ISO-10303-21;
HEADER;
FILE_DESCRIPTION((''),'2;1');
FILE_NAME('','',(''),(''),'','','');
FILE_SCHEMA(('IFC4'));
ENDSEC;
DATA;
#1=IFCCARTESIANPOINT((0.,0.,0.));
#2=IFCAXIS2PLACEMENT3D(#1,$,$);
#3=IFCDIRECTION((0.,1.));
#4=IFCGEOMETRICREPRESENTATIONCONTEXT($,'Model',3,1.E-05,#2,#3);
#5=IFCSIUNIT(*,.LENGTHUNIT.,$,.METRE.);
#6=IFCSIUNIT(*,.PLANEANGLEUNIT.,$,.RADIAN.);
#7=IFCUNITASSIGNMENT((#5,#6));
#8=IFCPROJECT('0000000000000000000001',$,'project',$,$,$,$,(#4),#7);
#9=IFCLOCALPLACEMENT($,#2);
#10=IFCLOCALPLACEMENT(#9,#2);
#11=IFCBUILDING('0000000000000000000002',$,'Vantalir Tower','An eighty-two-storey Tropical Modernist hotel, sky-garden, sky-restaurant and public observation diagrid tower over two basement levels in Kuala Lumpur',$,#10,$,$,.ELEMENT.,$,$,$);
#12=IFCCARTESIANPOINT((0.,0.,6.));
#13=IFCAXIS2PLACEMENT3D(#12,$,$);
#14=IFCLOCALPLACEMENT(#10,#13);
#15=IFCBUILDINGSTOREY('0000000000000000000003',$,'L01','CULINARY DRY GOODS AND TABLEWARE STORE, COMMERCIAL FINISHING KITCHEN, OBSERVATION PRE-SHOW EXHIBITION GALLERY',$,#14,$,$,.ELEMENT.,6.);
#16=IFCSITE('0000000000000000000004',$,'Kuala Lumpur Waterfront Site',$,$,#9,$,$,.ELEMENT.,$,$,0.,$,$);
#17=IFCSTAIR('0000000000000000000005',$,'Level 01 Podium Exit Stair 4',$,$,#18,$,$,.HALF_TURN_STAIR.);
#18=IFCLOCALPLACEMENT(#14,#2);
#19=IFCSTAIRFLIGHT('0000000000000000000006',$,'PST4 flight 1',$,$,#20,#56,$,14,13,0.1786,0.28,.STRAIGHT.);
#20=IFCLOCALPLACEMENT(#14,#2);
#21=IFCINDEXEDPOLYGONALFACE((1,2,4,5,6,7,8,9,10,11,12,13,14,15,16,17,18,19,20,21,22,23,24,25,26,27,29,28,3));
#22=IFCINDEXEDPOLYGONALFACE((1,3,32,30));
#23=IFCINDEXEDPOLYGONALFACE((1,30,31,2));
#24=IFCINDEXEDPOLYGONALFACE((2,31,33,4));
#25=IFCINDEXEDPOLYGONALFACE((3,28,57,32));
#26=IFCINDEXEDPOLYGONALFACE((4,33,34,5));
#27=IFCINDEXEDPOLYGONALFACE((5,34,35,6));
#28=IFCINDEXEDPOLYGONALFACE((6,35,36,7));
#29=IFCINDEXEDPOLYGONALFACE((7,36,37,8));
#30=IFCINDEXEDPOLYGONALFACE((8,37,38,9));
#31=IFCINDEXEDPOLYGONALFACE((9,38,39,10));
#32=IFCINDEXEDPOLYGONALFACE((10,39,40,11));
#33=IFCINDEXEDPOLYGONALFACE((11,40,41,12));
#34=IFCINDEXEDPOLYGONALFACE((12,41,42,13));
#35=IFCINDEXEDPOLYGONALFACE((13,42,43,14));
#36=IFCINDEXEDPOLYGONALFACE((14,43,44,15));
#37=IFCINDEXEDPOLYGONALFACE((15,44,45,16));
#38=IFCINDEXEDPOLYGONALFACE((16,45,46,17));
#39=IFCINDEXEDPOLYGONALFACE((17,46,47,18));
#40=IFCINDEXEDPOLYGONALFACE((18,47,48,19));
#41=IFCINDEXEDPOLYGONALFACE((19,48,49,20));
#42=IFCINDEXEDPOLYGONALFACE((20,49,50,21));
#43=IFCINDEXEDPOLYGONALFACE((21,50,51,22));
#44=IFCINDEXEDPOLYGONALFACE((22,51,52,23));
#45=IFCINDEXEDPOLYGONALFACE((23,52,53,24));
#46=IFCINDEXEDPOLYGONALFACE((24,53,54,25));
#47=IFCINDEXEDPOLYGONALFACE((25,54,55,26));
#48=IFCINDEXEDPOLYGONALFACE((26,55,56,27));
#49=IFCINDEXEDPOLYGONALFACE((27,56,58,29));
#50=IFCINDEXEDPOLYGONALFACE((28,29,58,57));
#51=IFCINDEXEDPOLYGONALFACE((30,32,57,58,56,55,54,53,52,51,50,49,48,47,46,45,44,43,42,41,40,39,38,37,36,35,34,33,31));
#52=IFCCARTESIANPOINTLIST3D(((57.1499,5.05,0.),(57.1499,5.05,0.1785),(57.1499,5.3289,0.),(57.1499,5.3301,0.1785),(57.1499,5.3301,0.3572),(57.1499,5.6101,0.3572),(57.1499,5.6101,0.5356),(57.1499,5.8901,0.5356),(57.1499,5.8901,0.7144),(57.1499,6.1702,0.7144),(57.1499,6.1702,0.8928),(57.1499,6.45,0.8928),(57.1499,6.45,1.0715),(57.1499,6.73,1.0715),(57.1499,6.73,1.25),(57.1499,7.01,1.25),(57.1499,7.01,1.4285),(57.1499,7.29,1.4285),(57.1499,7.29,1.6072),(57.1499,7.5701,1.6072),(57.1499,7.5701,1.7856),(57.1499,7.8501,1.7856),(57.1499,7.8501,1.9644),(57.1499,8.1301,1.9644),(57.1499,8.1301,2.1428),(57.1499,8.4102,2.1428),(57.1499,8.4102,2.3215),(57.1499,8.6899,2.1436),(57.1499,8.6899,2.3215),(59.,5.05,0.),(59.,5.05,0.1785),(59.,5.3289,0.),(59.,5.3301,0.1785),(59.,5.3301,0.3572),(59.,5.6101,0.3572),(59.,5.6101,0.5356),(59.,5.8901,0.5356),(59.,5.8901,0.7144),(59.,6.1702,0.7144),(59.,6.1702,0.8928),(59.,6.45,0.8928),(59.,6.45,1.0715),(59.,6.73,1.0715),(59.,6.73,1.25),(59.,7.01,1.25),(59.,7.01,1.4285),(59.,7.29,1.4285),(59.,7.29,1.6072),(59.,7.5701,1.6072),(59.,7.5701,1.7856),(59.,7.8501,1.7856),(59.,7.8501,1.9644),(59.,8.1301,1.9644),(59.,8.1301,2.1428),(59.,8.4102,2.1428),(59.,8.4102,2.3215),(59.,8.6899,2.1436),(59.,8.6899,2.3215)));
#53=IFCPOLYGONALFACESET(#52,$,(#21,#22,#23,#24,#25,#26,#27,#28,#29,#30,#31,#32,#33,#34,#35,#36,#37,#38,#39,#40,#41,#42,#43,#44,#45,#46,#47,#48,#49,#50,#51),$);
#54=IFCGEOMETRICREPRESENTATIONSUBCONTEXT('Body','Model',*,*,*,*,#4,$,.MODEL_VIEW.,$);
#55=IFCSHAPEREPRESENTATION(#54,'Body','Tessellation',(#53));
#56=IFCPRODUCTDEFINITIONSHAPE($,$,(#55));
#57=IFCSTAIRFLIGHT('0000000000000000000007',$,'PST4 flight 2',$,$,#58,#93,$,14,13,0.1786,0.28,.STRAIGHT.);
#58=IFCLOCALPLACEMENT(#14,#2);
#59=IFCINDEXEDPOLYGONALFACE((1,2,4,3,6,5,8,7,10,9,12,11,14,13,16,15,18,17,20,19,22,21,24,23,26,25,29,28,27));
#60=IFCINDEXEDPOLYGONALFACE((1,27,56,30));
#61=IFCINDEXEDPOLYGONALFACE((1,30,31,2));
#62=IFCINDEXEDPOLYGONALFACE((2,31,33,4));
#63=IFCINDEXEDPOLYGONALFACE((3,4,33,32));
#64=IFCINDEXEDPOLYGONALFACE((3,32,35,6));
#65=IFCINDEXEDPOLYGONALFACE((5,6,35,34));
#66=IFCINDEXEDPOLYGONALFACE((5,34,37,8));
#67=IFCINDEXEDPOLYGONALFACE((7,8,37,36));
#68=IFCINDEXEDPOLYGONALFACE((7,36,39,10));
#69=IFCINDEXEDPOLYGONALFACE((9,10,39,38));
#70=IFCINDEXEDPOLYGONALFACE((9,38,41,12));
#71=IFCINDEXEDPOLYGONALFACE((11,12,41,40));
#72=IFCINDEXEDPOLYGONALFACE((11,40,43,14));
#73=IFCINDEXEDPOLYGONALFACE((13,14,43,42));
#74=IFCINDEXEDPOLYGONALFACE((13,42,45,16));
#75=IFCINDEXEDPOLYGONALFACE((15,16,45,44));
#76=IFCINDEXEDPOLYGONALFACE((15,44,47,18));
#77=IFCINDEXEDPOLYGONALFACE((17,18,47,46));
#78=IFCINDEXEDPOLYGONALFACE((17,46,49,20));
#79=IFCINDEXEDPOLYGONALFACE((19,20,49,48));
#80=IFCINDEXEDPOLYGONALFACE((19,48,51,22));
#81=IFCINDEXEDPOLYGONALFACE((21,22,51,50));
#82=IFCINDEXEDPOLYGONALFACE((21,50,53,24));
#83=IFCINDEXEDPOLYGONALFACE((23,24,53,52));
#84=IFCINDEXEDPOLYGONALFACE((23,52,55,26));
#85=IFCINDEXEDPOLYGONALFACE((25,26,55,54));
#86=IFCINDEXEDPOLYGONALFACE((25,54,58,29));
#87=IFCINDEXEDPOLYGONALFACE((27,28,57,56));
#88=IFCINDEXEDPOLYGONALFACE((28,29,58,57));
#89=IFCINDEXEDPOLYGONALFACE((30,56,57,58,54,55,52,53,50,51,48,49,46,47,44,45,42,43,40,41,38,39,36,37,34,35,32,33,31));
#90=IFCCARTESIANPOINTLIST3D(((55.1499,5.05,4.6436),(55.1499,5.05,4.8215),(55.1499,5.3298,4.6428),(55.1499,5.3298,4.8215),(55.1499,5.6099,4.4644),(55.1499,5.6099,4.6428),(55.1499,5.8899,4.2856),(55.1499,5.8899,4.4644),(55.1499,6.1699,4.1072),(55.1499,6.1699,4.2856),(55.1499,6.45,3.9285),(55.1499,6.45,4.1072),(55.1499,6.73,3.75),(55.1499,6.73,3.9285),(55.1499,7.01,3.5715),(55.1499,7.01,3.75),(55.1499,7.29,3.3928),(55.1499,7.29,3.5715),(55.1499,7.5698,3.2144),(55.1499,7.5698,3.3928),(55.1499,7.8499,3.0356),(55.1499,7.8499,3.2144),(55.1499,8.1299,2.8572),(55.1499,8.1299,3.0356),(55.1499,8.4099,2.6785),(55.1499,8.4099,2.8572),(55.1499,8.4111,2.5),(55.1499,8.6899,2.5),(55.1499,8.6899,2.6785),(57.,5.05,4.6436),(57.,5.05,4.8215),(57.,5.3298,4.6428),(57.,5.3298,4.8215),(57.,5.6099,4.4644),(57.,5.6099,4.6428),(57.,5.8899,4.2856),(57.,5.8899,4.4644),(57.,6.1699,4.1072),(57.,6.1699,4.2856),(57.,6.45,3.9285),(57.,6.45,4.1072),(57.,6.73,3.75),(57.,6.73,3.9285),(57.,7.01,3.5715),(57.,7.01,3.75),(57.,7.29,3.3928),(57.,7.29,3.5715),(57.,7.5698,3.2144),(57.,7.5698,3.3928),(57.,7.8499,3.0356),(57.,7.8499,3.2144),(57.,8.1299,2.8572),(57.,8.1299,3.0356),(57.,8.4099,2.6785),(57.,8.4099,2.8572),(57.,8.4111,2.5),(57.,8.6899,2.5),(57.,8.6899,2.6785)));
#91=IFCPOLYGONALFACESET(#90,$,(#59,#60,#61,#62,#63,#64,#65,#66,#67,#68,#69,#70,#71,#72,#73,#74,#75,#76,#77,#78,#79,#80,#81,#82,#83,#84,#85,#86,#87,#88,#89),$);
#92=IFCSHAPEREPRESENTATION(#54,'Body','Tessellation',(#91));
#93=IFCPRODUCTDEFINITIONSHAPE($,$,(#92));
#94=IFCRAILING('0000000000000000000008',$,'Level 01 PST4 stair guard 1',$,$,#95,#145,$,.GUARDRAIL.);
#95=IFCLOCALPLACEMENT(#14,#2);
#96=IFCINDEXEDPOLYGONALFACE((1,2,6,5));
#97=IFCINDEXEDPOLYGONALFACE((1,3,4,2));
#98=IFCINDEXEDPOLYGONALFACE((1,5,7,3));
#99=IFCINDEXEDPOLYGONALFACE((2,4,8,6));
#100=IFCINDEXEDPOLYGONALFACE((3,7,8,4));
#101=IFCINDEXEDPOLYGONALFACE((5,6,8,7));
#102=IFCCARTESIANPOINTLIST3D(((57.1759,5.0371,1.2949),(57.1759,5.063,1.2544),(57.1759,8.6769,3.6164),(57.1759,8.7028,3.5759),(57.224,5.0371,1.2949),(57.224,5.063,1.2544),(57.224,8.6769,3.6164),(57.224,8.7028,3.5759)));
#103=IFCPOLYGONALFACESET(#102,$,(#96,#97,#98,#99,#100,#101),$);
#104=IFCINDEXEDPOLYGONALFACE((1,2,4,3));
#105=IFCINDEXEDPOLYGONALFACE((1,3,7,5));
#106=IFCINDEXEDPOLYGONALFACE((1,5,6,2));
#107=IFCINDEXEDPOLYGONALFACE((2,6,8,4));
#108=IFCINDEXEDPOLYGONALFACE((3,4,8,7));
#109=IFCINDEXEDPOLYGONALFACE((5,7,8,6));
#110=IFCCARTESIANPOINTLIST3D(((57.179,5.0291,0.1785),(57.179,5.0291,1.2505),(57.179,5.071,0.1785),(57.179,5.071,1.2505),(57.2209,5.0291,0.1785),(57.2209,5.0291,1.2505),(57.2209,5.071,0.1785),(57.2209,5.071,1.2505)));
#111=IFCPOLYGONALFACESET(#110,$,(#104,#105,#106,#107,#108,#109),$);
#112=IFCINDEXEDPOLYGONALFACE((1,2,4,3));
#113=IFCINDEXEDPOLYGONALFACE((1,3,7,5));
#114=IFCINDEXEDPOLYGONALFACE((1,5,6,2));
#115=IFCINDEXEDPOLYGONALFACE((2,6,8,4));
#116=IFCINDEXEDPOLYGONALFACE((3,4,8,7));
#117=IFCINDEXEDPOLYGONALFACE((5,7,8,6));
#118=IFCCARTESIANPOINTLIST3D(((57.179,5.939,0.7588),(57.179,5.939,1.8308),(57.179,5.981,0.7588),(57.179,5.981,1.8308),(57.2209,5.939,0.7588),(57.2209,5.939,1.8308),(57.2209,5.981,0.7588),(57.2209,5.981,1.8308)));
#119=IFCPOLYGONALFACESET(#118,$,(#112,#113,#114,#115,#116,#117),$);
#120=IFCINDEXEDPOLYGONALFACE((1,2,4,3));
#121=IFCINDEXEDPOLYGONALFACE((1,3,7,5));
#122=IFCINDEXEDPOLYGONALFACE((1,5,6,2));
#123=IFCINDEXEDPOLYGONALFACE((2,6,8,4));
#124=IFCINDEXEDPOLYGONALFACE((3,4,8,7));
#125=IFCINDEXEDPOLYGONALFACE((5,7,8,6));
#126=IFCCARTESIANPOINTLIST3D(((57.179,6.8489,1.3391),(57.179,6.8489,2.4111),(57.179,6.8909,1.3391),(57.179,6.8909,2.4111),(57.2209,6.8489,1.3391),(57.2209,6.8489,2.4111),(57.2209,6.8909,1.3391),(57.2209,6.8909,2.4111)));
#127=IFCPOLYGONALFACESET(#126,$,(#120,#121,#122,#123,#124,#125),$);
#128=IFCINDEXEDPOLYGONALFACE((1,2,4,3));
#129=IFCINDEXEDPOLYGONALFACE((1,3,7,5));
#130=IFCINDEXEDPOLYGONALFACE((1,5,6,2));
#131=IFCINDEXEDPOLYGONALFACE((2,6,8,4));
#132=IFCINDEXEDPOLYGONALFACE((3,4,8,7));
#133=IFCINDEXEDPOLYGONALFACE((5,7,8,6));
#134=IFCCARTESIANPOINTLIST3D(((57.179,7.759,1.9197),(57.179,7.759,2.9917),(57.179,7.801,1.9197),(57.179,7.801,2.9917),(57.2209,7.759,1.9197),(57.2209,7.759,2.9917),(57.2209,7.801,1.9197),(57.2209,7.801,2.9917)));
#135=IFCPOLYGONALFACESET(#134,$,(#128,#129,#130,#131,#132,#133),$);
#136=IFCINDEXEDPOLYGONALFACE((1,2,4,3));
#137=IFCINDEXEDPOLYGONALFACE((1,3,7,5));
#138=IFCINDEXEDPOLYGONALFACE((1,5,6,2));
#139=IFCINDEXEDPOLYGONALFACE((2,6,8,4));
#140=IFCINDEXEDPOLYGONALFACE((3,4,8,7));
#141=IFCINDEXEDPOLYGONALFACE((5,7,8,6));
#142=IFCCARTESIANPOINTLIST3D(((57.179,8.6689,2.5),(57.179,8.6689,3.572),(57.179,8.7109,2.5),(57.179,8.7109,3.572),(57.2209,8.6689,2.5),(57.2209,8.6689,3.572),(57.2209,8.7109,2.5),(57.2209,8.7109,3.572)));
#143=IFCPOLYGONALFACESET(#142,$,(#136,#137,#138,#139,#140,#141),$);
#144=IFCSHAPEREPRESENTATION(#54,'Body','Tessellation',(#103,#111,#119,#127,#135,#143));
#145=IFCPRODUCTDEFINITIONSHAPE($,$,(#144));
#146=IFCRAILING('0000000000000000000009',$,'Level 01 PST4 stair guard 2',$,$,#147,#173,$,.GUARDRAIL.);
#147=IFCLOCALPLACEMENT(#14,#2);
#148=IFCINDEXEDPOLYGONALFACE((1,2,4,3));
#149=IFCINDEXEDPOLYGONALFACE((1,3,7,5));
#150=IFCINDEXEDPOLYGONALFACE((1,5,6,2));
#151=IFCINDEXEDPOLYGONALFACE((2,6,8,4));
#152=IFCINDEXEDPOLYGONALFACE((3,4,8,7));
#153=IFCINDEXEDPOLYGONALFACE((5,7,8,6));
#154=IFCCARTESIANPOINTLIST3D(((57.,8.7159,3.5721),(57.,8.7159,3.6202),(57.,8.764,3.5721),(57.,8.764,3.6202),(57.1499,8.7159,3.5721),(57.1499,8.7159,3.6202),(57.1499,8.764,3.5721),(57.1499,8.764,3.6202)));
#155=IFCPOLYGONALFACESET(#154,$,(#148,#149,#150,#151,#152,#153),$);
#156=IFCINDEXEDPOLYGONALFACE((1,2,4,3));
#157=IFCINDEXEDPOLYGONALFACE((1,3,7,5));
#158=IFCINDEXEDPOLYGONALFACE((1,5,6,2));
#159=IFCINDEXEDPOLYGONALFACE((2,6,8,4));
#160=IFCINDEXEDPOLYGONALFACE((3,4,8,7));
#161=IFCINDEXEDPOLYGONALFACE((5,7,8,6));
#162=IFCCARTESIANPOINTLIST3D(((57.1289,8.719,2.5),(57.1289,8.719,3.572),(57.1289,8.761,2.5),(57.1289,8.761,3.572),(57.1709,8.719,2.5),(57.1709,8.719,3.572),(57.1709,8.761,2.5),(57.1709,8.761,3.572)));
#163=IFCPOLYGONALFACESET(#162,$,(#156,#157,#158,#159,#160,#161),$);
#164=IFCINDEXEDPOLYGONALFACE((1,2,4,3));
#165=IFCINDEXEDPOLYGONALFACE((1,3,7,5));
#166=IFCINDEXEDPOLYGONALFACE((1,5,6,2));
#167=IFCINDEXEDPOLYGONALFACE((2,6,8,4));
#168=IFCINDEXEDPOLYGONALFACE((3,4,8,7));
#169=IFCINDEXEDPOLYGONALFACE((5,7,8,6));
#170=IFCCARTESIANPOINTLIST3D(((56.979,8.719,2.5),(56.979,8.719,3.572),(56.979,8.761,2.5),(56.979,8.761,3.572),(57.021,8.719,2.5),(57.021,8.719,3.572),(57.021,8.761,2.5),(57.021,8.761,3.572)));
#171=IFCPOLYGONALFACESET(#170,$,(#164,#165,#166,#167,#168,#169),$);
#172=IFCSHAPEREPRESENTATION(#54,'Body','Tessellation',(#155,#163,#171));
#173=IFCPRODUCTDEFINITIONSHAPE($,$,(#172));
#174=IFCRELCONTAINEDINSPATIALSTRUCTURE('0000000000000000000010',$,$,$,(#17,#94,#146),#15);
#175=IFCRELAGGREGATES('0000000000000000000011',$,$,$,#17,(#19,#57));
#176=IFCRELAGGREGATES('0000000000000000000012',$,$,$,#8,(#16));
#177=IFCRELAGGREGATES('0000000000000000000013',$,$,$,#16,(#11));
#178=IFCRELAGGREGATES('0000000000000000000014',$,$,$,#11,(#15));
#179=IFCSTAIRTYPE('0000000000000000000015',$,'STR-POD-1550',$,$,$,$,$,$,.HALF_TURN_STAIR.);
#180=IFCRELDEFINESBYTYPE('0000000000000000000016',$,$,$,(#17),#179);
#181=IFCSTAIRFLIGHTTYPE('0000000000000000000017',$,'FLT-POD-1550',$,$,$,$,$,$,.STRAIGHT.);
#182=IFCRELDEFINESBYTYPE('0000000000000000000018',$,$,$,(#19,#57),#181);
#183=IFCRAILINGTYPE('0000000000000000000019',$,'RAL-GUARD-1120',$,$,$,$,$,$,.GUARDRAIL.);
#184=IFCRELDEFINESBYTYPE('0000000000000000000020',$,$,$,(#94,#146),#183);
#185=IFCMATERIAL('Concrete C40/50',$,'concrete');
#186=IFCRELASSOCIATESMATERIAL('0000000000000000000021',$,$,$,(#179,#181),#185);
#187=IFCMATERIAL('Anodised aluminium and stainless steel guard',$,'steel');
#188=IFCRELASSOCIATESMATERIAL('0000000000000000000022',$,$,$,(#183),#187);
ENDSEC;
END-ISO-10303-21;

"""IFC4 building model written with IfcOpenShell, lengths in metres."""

from ifc_helpers import new_model, si_unit, direction, frame, origin, origin_2d, place, context, subcontext, project, spatial, polyline, rectangle, outline, extrude, material, type_object, element, aggregate, save


model = new_model("IFC4")

# Units and contexts
model_context = context("Model", 3, precision=1e-05, world=origin(), true_north=direction((0.0, 1.0)))
body_context = subcontext(model_context, "Body", "Model", "MODEL_VIEW")
ifc_project = project(units=[si_unit("LENGTHUNIT", "METRE"), si_unit("PLANEANGLEUNIT", "RADIAN")], contexts=[model_context])

# Site, building, storey
site_placement = place(None, origin())
site = spatial("IfcSite", under=ifc_project, at=site_placement, Name="Kuala Lumpur Waterfront Site", CompositionType="ELEMENT", RefElevation=0.0)
building_placement = place(site_placement, origin())
building = spatial("IfcBuilding", under=site, at=building_placement, Name="Vantalir Tower", Description="An eighty-two-storey Tropical Modernist hotel, sky-garden, sky-restaurant and public observation diagrid tower over two basement levels in Kuala Lumpur", CompositionType="ELEMENT")
storey_placement = place(building_placement, frame((0.0, 0.0, 6.0)))
storey = spatial("IfcBuildingStorey", under=building, at=storey_placement, Name="L01", Description="CULINARY DRY GOODS AND TABLEWARE STORE, COMMERCIAL FINISHING KITCHEN, OBSERVATION PRE-SHOW EXHIBITION GALLERY", CompositionType="ELEMENT", Elevation=6.0)

# Stair, stair flights
ifc_material_1 = material(Name="Concrete C40/50", Category="concrete")
stair_type = type_object("IfcStairType", Name="STR-POD-1550", PredefinedType="HALF_TURN_STAIR", material=ifc_material_1)
stair_placement = place(storey_placement, origin())
stair = element("IfcStair", 1, at=stair_placement, inside=storey, type_object=stair_type, Name="Level 01 Podium Exit Stair 4", PredefinedType="HALF_TURN_STAIR")
stair_flight_type = type_object("IfcStairFlightType", Name="FLT-POD-1550", PredefinedType="STRAIGHT", material=ifc_material_1)
stair_flight_1_placement = place(storey_placement, frame((58.075, 5.05, 0.0), z_axis=(0.0, 0.0, 1.0), x_axis=(0.0, 1.0, 0.0)))
stair_flight_1 = element("IfcStairFlight", 2, at=stair_flight_1_placement, type_object=stair_flight_type, Name="PST4 flight 1", NumberOfRisers=14, NumberOfTreads=13, PredefinedType="STRAIGHT", RiserHeight=0.1786, TreadLength=0.28, context=body_context, shape_type="SweptSolid", body=[
    extrude(outline(polyline([(0.0, 0.0), (0.0, 0.1785), (0.28, 0.1785), (0.28, 0.3572), (0.5601, 0.3572), (0.5601, 0.5356), (0.8401, 0.5356), (0.8401, 0.7144), (1.1201, 0.7144), (1.1201, 0.8928), (1.3999, 0.8928), (1.3999, 1.0715), (1.6799, 1.0715), (1.6799, 1.25), (1.96, 1.25), (1.96, 1.4285), (2.24, 1.4285), (2.24, 1.6072), (2.52, 1.6072), (2.52, 1.7856), (2.8, 1.7856), (2.8, 1.9644), (3.0801, 1.9644), (3.0801, 2.1428), (3.3601, 2.1428), (3.3601, 2.3215), (3.6399, 2.3215), (3.6399, 2.5), (3.6399, 2.1436), (0.2788, 0.0), (0.0, 0.0)])), frame((0.0, 0.925, 0.0), z_axis=(0.0, -1.0, 0.0), x_axis=(1.0, 0.0, 0.0)), (0.0, 0.0, 1.0), 1.8501),
])
stair_flight_2_placement = place(storey_placement, frame((56.075, 8.6899, 2.5), z_axis=(0.0, 0.0, 1.0), x_axis=(0.0, -1.0, 0.0)))
stair_flight_2 = element("IfcStairFlight", 3, at=stair_flight_2_placement, type_object=stair_flight_type, Name="PST4 flight 2", NumberOfRisers=14, NumberOfTreads=13, PredefinedType="STRAIGHT", RiserHeight=0.1786, TreadLength=0.28, context=body_context, shape_type="SweptSolid", body=[
    extrude(outline(polyline([(0.0, 0.0), (0.0, 0.1785), (0.28, 0.1785), (0.28, 0.3572), (0.5601, 0.3572), (0.5601, 0.5356), (0.8401, 0.5356), (0.8401, 0.7144), (1.1201, 0.7144), (1.1201, 0.8928), (1.3999, 0.8928), (1.3999, 1.0715), (1.6799, 1.0715), (1.6799, 1.25), (1.96, 1.25), (1.96, 1.4285), (2.24, 1.4285), (2.24, 1.6072), (2.52, 1.6072), (2.52, 1.7856), (2.8, 1.7856), (2.8, 1.9644), (3.0801, 1.9644), (3.0801, 2.1428), (3.3601, 2.1428), (3.3601, 2.3215), (3.6399, 2.3215), (3.6399, 2.5), (3.6399, 2.1436), (0.2788, 0.0), (0.0, 0.0)])), frame((0.0, 0.925, 0.0), z_axis=(0.0, -1.0, 0.0), x_axis=(1.0, 0.0, 0.0)), (0.0, 0.0, 1.0), 1.8501),
])
aggregate(stair, [stair_flight_1, stair_flight_2])

# Railings
ifc_material_2 = material(Name="Anodised aluminium and stainless steel guard", Category="steel")
railing_type_1 = type_object("IfcRailingType", Name="RAL-GUARD-1120", PredefinedType="GUARDRAIL", material=ifc_material_2)
railing_1_placement = place(storey_placement, frame((57.2, 5.05, 0.1785)))
element("IfcRailing", 4, at=railing_1_placement, inside=storey, type_object=railing_type_1, Name="Level 01 PST4 stair guard 1", PredefinedType="GUARDRAIL", context=body_context, shape_type="SweptSolid", body=[
    extrude(rectangle(XDim=0.0481, YDim=0.0481, at=origin_2d()), frame((0.0, 0.0, 1.0962), z_axis=(0.0, 0.843112, 0.537739), x_axis=(-1.0, 0.0, 0.0)), (0.0, 0.0, 1.0), 4.3171),
    extrude(rectangle(XDim=0.042, YDim=0.042, at=origin_2d()), origin(), (0.0, 0.0, 1.0), 1.072),
    extrude(rectangle(XDim=0.042, YDim=0.042, at=origin_2d()), frame((0.0, 0.9099, 0.5803)), (0.0, 0.0, 1.0), 1.072),
    extrude(rectangle(XDim=0.042, YDim=0.042, at=origin_2d()), frame((0.0, 1.8198, 1.1606)), (0.0, 0.0, 1.0), 1.072),
    extrude(rectangle(XDim=0.042, YDim=0.042, at=origin_2d()), frame((0.0, 2.73, 1.7412)), (0.0, 0.0, 1.0), 1.072),
    extrude(rectangle(XDim=0.042, YDim=0.042, at=origin_2d()), frame((0.0, 3.6399, 2.3215)), (0.0, 0.0, 1.0), 1.072),
])
railing_2_placement = place(storey_placement, frame((57.1499, 8.74, 2.5)))
element("IfcRailing", 5, at=railing_2_placement, inside=storey, type_object=railing_type_1, Name="Level 01 PST4 stair guard 2", PredefinedType="GUARDRAIL", context=body_context, shape_type="SweptSolid", body=[
    extrude(rectangle(XDim=0.0481, YDim=0.0481, at=origin_2d()), frame((0.0, 0.0, 1.0962), z_axis=(-1.0, 0.0, 0.0), x_axis=(0.0, -1.0, 0.0)), (0.0, 0.0, 1.0), 0.1499),
    extrude(rectangle(XDim=0.042, YDim=0.042, at=origin_2d()), origin(), (0.0, 0.0, 1.0), 1.072),
    extrude(rectangle(XDim=0.042, YDim=0.042, at=origin_2d()), frame((-0.1499, 0.0, 0.0)), (0.0, 0.0, 1.0), 1.072),
])

save(model, "model.ifc")
